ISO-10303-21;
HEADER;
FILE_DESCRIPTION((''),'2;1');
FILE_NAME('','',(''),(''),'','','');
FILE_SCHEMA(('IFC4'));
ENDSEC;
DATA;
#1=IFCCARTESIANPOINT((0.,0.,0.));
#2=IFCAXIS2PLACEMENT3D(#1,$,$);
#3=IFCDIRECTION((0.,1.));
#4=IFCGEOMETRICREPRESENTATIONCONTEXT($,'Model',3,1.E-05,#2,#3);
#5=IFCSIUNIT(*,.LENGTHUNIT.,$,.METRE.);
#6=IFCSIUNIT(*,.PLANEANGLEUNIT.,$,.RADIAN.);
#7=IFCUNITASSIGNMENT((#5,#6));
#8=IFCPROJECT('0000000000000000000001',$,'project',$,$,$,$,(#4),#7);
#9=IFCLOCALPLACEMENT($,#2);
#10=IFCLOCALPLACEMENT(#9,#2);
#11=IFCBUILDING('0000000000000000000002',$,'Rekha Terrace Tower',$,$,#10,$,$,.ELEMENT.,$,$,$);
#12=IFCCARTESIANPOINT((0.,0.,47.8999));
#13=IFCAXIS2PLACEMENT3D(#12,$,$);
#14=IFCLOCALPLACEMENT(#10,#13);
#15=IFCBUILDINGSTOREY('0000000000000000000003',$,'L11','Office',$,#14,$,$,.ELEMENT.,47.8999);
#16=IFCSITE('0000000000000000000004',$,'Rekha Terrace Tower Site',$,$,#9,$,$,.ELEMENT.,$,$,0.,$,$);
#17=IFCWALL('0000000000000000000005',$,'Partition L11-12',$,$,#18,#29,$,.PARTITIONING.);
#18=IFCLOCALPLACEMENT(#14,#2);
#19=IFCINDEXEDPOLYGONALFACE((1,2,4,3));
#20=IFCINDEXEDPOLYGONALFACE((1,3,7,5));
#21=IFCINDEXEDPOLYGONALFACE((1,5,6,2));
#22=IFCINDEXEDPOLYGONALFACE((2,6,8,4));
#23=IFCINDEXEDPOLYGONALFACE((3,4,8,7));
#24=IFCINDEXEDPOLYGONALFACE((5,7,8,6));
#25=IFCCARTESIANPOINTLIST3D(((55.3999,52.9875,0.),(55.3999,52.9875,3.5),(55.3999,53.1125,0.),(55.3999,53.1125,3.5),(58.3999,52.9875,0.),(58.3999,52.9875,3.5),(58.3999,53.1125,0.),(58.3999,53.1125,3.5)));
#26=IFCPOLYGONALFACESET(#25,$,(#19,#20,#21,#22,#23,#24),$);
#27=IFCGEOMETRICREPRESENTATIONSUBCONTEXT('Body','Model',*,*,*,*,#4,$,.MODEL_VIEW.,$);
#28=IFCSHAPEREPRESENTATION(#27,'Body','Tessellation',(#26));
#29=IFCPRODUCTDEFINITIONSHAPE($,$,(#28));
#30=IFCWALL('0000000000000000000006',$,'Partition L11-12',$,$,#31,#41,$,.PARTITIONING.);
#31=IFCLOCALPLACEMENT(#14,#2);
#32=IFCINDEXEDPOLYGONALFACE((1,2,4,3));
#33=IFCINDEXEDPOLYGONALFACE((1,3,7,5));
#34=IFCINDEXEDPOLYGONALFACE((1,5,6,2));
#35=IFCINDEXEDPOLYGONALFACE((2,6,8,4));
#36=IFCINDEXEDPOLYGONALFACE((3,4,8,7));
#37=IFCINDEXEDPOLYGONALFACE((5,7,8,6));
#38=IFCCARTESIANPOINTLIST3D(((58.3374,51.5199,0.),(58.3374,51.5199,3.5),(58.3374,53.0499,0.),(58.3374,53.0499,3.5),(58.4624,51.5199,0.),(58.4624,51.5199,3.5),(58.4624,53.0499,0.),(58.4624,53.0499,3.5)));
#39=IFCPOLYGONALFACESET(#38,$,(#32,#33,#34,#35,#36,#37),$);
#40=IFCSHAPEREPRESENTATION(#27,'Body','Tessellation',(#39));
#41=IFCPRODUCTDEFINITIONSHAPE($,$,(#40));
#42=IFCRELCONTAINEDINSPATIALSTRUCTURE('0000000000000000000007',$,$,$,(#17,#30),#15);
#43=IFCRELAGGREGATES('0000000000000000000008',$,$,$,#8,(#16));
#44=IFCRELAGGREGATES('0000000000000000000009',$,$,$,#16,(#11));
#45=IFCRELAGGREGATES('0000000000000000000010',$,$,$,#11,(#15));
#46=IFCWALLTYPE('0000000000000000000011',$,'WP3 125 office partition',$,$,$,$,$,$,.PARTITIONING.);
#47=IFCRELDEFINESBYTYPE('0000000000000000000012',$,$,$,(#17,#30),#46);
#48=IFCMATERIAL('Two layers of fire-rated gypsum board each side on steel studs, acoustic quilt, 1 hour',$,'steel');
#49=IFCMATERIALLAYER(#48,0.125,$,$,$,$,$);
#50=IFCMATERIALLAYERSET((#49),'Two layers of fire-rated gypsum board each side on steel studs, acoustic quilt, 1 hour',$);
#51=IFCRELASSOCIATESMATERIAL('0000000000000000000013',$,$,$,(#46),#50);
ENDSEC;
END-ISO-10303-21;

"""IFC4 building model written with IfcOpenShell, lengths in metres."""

from ifc_helpers import new_model, si_unit, direction, frame, frame_2d, origin, place, context, subcontext, project, spatial, rectangle, extrude, material, layer, layer_set, type_object, element, save


model = new_model("IFC4")

# Units and contexts
model_context = context("Model", 3, precision=1e-05, world=origin(), true_north=direction((0.0, 1.0)))
body_context = subcontext(model_context, "Body", "Model", "MODEL_VIEW")
ifc_project = project(units=[si_unit("LENGTHUNIT", "METRE"), si_unit("PLANEANGLEUNIT", "RADIAN")], contexts=[model_context])

# Site, building, storey
site_placement = place(None, origin())
site = spatial("IfcSite", under=ifc_project, at=site_placement, Name="Rekha Terrace Tower Site", CompositionType="ELEMENT", RefElevation=0.0)
building_placement = place(site_placement, origin())
building = spatial("IfcBuilding", under=site, at=building_placement, Name="Rekha Terrace Tower", CompositionType="ELEMENT")
storey_placement = place(building_placement, frame((0.0, 0.0, 47.8999)))
storey = spatial("IfcBuildingStorey", under=building, at=storey_placement, Name="L11", Description="Office", CompositionType="ELEMENT", Elevation=47.8999)

# Shared definitions
ifc_material_1 = material(Name="Two layers of fire-rated gypsum board each side on steel studs, acoustic quilt, 1 hour", Category="steel")
ifc_layer_1 = layer(ifc_material_1, 0.125)
ifc_layer_set_1 = layer_set([ifc_layer_1], Name="Two layers of fire-rated gypsum board each side on steel studs, acoustic quilt, 1 hour")
wall_type_1 = type_object("IfcWallType", Name="WP3 125 office partition", PredefinedType="PARTITIONING", material=ifc_layer_set_1)

# Walls
wall_1_placement = place(storey_placement, frame((55.3999, 53.05, 0.0), z_axis=(0.0, 0.0, 1.0), x_axis=(1.0, 0.0, 0.0)))
element("IfcWall", 1, at=wall_1_placement, inside=storey, type_object=wall_type_1, Name="Partition L11-12", PredefinedType="PARTITIONING", context=body_context, shape_type="SweptSolid", body=[
    extrude(rectangle(XDim=3.0, YDim=0.125, at=frame_2d((1.5, 0.0))), origin(), (0.0, 0.0, 1.0), 3.5),
])
wall_2_placement = place(storey_placement, frame((58.3999, 53.05, 0.0), z_axis=(0.0, 0.0, 1.0), x_axis=(0.0, -1.0, 0.0)))
element("IfcWall", 2, at=wall_2_placement, inside=storey, type_object=wall_type_1, Name="Partition L11-12", PredefinedType="PARTITIONING", context=body_context, shape_type="SweptSolid", body=[
    extrude(rectangle(XDim=1.53, YDim=0.125, at=frame_2d((0.7651, 0.0))), origin(), (0.0, 0.0, 1.0), 3.5),
])

save(model, "model.ifc")
